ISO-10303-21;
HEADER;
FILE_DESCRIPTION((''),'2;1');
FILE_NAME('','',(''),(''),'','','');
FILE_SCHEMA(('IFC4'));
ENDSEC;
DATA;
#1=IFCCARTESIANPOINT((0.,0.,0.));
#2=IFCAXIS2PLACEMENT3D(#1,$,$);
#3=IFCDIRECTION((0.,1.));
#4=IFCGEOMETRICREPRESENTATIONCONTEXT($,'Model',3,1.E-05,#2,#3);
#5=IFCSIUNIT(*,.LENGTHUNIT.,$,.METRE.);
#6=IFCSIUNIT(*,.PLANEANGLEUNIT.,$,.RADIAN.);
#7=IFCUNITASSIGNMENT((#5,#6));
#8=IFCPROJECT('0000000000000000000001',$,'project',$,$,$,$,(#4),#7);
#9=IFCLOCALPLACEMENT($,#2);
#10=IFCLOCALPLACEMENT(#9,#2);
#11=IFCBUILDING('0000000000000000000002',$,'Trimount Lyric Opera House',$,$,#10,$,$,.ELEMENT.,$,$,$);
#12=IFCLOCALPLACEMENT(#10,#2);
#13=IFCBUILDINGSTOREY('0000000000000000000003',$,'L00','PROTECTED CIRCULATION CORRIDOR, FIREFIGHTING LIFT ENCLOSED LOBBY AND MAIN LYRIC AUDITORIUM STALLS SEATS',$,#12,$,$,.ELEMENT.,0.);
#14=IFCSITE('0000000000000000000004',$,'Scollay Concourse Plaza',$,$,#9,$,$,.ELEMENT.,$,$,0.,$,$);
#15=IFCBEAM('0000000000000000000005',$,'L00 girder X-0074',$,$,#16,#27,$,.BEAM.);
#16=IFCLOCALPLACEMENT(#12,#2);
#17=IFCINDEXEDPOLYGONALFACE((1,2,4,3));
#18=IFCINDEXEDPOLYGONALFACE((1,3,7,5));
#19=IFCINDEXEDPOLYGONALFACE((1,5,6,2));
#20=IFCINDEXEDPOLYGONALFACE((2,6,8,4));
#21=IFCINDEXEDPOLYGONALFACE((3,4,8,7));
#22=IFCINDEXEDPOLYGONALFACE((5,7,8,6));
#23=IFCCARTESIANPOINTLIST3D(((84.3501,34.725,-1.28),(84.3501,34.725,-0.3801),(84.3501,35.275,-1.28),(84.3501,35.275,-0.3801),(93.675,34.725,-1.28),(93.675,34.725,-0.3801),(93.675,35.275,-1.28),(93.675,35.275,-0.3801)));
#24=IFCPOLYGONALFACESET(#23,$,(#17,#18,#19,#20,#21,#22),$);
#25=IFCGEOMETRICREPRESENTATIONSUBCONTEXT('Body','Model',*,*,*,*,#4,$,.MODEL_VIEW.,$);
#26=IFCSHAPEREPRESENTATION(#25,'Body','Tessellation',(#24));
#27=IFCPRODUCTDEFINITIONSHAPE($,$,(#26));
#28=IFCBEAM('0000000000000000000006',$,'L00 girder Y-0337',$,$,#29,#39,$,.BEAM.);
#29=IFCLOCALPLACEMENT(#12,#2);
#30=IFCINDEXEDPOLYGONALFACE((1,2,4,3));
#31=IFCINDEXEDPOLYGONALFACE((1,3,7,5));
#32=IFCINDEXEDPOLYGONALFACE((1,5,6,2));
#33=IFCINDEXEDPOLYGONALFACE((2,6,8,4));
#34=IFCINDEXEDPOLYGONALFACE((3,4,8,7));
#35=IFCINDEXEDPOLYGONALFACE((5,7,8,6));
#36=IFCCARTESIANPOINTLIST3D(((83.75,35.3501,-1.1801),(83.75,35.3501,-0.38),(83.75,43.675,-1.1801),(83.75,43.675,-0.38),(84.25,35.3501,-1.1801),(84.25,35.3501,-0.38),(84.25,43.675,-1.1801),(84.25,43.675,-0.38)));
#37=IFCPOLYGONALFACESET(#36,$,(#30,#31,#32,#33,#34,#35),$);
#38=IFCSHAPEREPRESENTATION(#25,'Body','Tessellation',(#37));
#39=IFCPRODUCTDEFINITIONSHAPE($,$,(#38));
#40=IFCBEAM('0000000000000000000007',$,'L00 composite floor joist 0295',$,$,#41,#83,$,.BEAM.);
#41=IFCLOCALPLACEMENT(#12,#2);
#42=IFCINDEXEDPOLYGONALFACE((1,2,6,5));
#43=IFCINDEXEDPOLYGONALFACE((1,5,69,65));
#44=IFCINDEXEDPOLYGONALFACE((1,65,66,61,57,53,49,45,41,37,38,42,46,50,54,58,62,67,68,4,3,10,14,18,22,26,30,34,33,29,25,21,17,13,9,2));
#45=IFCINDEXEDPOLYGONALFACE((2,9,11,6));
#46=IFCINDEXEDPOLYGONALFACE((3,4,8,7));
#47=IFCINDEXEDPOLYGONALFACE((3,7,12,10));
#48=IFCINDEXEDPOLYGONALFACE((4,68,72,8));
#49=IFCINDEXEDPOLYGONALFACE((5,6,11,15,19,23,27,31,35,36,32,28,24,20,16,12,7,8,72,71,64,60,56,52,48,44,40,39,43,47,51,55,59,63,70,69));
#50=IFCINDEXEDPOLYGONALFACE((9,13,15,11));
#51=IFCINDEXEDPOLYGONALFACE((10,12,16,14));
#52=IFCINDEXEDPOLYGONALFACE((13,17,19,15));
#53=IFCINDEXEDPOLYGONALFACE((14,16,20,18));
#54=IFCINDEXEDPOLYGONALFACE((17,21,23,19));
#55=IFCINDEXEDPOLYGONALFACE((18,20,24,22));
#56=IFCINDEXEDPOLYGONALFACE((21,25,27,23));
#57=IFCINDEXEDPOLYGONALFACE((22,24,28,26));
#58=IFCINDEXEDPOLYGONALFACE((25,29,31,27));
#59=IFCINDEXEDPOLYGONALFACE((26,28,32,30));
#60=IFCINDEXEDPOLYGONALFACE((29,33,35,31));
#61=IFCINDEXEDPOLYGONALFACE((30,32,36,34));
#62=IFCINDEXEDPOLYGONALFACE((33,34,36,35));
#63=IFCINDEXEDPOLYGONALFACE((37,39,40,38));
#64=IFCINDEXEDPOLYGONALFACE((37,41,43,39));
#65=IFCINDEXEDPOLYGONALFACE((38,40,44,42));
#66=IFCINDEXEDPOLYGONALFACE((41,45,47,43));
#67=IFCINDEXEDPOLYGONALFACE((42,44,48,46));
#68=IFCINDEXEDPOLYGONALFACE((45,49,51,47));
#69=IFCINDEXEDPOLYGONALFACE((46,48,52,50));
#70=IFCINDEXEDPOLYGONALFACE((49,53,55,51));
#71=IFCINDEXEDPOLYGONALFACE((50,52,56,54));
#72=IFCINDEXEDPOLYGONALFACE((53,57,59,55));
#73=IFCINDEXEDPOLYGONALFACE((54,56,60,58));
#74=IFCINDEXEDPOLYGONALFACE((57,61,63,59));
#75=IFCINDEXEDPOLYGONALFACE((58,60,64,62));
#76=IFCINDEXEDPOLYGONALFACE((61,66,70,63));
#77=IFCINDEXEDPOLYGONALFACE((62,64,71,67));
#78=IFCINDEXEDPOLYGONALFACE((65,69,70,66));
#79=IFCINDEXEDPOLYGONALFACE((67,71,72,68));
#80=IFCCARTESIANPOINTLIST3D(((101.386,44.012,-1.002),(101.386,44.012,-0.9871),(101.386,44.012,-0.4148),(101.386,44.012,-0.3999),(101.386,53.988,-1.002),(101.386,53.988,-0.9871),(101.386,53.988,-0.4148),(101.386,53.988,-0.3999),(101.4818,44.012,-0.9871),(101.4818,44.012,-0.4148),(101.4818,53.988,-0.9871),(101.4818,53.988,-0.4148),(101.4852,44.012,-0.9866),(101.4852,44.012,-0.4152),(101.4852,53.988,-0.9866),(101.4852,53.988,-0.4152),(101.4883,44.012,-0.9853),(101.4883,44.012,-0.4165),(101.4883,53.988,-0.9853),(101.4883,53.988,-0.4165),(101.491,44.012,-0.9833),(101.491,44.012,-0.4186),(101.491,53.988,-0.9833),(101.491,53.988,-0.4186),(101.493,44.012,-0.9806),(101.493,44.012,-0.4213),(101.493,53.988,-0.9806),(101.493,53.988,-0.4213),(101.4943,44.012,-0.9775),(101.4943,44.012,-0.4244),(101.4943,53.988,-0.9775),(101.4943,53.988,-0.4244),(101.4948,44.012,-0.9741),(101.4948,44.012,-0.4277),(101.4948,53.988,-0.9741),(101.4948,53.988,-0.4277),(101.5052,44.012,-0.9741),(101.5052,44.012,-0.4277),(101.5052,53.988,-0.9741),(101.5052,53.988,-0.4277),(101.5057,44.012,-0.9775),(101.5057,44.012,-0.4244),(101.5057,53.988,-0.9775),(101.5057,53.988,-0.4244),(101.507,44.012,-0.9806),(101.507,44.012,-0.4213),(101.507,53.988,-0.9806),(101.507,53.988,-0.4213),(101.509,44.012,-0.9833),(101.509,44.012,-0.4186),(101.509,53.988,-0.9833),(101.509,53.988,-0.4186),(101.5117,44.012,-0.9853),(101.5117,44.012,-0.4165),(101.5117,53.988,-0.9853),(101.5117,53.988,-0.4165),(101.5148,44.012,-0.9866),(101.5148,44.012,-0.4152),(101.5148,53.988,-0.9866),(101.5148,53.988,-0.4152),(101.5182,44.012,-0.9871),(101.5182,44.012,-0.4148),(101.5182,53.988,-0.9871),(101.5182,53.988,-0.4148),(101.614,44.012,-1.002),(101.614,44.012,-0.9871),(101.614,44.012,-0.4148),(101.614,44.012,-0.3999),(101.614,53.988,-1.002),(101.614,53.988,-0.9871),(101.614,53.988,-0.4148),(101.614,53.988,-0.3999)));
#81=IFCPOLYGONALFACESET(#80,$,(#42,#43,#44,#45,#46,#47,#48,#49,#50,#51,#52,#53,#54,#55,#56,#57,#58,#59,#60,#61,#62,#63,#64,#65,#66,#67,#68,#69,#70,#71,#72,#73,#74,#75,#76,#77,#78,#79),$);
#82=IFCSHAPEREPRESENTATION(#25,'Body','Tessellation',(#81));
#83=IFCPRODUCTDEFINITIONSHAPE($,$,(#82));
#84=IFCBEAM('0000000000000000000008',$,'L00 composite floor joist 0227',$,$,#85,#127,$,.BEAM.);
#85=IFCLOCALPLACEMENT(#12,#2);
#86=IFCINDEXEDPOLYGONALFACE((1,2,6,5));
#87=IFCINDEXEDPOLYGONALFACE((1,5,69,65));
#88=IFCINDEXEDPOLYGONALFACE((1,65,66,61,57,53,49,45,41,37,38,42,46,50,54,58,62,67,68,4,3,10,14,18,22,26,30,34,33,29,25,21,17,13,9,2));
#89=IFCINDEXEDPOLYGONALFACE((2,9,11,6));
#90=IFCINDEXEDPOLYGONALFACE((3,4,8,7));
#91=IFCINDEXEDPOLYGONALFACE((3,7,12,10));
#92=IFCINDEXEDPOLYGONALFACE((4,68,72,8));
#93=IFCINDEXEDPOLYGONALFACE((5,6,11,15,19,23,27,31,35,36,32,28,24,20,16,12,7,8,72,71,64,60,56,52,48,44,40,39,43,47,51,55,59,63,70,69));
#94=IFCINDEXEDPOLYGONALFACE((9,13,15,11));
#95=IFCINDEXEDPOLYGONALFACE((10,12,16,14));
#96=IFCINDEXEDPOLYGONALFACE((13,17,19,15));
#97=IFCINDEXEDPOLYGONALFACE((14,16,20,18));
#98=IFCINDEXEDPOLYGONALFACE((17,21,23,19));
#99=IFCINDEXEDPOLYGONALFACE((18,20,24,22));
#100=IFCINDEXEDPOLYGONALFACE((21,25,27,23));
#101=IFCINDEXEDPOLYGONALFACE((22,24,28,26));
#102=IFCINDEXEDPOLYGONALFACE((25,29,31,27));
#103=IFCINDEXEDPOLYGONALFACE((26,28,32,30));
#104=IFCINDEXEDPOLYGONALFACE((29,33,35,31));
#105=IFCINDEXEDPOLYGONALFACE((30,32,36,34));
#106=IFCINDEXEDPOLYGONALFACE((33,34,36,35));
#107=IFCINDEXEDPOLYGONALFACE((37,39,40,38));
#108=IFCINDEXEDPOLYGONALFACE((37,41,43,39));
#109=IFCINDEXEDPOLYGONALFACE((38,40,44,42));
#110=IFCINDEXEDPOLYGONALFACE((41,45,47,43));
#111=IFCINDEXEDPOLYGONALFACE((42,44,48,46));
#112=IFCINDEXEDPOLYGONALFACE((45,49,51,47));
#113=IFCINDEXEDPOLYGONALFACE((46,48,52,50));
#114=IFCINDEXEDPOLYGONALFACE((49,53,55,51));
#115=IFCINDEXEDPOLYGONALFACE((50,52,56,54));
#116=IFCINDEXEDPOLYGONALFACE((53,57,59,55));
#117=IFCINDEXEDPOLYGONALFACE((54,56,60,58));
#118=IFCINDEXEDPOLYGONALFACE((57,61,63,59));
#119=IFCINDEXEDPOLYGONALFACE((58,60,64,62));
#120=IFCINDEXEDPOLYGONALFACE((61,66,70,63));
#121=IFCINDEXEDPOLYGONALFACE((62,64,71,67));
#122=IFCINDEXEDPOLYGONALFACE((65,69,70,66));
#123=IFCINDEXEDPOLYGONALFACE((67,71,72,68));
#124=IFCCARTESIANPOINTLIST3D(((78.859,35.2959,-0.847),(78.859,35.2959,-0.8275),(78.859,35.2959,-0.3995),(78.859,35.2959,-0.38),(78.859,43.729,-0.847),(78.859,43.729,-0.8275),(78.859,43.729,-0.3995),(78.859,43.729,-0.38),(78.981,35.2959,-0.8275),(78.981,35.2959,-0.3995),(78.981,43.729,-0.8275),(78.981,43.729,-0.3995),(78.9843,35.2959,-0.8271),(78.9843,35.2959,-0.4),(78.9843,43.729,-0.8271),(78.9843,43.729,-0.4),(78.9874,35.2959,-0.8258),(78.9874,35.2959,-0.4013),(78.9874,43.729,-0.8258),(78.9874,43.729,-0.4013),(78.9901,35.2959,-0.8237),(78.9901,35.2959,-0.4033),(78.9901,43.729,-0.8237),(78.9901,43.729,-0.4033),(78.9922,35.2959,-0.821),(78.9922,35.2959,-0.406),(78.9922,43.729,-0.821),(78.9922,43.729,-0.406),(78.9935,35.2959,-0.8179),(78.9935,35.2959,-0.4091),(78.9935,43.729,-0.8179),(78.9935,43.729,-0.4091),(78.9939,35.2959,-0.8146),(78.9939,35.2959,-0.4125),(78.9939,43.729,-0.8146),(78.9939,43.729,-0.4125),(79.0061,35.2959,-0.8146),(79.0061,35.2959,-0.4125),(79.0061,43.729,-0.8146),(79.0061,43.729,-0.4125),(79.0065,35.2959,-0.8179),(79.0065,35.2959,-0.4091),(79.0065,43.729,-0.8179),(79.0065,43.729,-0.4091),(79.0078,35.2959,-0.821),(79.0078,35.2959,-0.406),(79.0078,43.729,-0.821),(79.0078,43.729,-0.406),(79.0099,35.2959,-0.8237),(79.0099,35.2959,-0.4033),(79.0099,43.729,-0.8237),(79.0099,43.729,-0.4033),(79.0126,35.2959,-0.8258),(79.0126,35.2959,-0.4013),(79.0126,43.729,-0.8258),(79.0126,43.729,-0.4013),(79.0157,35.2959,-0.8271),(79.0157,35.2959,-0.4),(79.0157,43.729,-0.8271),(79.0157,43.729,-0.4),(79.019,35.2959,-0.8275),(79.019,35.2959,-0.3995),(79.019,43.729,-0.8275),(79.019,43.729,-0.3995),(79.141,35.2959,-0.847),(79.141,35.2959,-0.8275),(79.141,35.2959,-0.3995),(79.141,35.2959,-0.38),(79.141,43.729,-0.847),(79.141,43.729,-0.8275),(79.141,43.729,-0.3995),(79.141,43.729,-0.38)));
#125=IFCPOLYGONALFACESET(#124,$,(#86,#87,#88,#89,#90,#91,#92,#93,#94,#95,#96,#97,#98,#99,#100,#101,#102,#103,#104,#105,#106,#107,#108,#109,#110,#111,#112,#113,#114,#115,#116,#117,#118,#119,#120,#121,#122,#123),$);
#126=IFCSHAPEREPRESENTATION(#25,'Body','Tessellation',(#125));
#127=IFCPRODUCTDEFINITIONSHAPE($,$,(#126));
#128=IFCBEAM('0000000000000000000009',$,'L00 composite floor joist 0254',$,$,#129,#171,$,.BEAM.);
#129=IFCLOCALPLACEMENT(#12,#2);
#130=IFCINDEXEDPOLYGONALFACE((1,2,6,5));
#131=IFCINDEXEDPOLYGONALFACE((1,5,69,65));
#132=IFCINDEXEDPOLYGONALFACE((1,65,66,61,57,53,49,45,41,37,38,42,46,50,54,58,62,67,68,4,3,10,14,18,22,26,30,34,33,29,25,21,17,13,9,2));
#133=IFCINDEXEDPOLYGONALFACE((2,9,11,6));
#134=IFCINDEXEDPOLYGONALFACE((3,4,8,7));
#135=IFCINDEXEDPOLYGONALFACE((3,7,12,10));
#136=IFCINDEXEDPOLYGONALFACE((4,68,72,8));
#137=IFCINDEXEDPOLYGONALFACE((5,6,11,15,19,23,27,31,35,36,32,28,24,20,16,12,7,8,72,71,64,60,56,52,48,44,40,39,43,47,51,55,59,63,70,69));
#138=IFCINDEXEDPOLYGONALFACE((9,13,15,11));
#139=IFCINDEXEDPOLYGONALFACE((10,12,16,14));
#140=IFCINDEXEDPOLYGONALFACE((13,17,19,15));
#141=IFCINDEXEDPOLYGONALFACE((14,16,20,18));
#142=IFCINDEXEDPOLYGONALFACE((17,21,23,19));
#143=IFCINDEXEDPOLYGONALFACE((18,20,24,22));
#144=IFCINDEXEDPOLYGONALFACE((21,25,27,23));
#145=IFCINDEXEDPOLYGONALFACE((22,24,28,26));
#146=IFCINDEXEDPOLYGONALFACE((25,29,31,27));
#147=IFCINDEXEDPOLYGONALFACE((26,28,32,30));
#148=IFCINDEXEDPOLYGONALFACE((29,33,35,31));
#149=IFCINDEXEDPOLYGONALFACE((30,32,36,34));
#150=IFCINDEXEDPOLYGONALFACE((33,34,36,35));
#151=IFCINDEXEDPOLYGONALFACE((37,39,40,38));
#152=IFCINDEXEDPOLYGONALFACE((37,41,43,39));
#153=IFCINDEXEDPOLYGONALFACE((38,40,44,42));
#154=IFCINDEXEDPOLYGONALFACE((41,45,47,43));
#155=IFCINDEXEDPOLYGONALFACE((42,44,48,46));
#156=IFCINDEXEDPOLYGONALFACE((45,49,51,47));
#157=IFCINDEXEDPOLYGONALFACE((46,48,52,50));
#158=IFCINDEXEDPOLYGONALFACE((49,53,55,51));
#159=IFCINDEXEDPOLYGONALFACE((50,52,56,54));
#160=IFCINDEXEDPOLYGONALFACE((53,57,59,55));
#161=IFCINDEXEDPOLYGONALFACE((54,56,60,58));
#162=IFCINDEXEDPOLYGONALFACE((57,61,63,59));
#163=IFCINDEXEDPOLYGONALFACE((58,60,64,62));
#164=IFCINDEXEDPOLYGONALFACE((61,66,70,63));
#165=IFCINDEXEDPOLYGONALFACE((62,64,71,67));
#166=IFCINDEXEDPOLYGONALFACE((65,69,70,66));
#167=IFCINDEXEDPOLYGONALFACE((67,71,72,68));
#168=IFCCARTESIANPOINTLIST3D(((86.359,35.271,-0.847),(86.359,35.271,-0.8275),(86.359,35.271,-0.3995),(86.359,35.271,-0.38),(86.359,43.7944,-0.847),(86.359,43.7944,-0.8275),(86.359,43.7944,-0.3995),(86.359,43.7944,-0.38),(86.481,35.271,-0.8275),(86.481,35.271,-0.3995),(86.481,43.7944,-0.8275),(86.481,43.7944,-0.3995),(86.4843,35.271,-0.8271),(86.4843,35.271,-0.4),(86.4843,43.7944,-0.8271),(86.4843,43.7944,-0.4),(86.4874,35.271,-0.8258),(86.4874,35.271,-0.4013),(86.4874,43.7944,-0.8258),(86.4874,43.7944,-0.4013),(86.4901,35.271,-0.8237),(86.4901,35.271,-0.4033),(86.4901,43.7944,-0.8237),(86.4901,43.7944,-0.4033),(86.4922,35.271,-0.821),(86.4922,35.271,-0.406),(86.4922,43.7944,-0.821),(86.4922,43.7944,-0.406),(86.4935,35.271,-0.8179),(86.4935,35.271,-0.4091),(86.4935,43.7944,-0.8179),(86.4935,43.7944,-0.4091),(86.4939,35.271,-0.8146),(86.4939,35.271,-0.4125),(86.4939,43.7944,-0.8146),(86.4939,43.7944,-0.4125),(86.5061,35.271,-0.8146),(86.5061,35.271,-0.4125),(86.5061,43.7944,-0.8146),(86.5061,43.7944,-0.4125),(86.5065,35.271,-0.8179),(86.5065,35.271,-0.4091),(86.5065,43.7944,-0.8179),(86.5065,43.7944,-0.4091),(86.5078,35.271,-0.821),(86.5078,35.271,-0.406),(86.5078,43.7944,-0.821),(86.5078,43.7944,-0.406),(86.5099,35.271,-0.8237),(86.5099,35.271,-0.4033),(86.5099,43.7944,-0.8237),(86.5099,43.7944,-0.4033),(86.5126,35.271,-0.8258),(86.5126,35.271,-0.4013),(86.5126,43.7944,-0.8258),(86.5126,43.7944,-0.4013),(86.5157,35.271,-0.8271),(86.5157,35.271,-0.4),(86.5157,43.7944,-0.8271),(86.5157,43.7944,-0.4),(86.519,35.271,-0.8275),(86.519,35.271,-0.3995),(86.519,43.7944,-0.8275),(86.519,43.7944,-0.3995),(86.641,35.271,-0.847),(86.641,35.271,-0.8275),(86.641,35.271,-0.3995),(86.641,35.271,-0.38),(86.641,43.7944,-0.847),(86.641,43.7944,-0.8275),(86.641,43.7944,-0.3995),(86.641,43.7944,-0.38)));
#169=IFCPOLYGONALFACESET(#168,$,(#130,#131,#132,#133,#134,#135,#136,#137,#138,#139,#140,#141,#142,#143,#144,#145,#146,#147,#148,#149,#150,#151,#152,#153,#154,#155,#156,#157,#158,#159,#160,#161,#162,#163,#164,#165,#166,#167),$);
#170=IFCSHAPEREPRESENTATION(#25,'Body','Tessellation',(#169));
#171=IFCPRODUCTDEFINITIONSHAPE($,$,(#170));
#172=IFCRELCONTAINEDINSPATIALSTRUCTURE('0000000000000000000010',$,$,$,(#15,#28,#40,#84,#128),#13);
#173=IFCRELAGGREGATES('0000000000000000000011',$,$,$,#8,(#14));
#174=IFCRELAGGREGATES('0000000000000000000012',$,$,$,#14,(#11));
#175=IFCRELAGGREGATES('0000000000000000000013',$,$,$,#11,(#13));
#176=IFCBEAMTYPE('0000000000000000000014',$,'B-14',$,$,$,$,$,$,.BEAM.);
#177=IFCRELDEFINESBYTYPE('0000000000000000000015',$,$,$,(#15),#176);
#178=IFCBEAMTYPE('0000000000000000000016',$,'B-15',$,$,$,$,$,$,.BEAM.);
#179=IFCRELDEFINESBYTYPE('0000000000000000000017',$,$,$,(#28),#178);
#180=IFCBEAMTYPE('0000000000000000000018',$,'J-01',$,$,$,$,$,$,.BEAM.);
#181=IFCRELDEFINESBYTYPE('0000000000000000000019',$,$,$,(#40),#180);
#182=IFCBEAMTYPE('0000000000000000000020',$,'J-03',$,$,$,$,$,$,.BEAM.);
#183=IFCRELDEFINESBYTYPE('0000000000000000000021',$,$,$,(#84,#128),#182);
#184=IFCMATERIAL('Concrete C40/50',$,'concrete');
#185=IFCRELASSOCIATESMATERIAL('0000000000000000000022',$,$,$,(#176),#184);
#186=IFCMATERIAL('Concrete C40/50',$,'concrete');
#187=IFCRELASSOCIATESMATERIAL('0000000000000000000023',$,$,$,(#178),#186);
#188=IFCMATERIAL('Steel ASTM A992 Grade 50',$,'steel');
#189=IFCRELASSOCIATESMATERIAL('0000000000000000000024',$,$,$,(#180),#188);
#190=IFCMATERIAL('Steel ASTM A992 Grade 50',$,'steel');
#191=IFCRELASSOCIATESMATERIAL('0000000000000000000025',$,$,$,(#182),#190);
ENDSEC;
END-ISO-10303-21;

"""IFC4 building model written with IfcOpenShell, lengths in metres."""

from ifc_helpers import new_model, si_unit, direction, frame, origin, origin_2d, place, context, subcontext, project, spatial, rectangle, i_section, extrude, material, material_profile, profile_set, type_object, element, save


model = new_model("IFC4")

# Units and contexts
model_context = context("Model", 3, precision=1e-05, world=origin(), true_north=direction((0.0, 1.0)))
body_context = subcontext(model_context, "Body", "Model", "MODEL_VIEW")
ifc_project = project(units=[si_unit("LENGTHUNIT", "METRE"), si_unit("PLANEANGLEUNIT", "RADIAN")], contexts=[model_context])

# Site, building, storey
site_placement = place(None, origin())
site = spatial("IfcSite", under=ifc_project, at=site_placement, Name="Scollay Concourse Plaza", CompositionType="ELEMENT", RefElevation=0.0)
building_placement = place(site_placement, origin())
building = spatial("IfcBuilding", under=site, at=building_placement, Name="Trimount Lyric Opera House", CompositionType="ELEMENT")
storey_placement = place(building_placement, origin())
storey = spatial("IfcBuildingStorey", under=building, at=storey_placement, Name="L00", Description="PROTECTED CIRCULATION CORRIDOR, FIREFIGHTING LIFT ENCLOSED LOBBY AND MAIN LYRIC AUDITORIUM STALLS SEATS", CompositionType="ELEMENT", Elevation=0.0)

# Beams
ifc_material_1 = material(Name="Concrete C40/50", Category="concrete")
ifc_material_profile_1 = material_profile(ifc_material_1, rectangle(XDim=0.55, YDim=0.8999, at=origin_2d()), Name="RC550X900")
ifc_profile_set_1 = profile_set([ifc_material_profile_1], Name="Concrete C40/50")
beam_type_1 = type_object("IfcBeamType", Name="B-14", PredefinedType="BEAM", material=ifc_profile_set_1)
beam_1_placement = place(storey_placement, frame((84.3501, 35.0, -0.8301), z_axis=(1.0, 0.0, 0.0), x_axis=(0.0, 1.0, 0.0)))
element("IfcBeam", 1, at=beam_1_placement, inside=storey, type_object=beam_type_1, Name="L00 girder X-0074", PredefinedType="BEAM", context=body_context, shape_type="SweptSolid", body=[
    extrude(rectangle(XDim=0.55, YDim=0.8999, at=origin_2d()), origin(), (0.0, 0.0, 1.0), 9.325),
])
ifc_material_2 = material(Name="Concrete C40/50", Category="concrete")
ifc_material_profile_2 = material_profile(ifc_material_2, rectangle(XDim=0.5, YDim=0.8, at=origin_2d()), Name="RC500X800")
ifc_profile_set_2 = profile_set([ifc_material_profile_2], Name="Concrete C40/50")
beam_type_2 = type_object("IfcBeamType", Name="B-15", PredefinedType="BEAM", material=ifc_profile_set_2)
beam_2_placement = place(storey_placement, frame((84.0, 35.3501, -0.78), z_axis=(0.0, 1.0, 0.0), x_axis=(-1.0, 0.0, 0.0)))
element("IfcBeam", 2, at=beam_2_placement, inside=storey, type_object=beam_type_2, Name="L00 girder Y-0337", PredefinedType="BEAM", context=body_context, shape_type="SweptSolid", body=[
    extrude(rectangle(XDim=0.5, YDim=0.8, at=origin_2d()), origin(), (0.0, 0.0, 1.0), 8.325),
])
ifc_material_3 = material(Name="Steel ASTM A992 Grade 50", Category="steel")
ifc_material_profile_3 = material_profile(ifc_material_3, i_section(OverallWidth=0.228, OverallDepth=0.6021, WebThickness=0.0105, FlangeThickness=0.0149, FilletRadius=0.0129, at=origin_2d()), Name="W24X68")
ifc_profile_set_3 = profile_set([ifc_material_profile_3], Name="Steel ASTM A992 Grade 50")
beam_type_3 = type_object("IfcBeamType", Name="J-01", PredefinedType="BEAM", material=ifc_profile_set_3)
beam_3_placement = place(storey_placement, frame((101.5, 44.012, -0.7009), z_axis=(0.0, 1.0, 0.0), x_axis=(-1.0, 0.0, 0.0)))
element("IfcBeam", 3, at=beam_3_placement, inside=storey, type_object=beam_type_3, Name="L00 composite floor joist 0295", PredefinedType="BEAM", context=body_context, shape_type="SweptSolid", body=[
    extrude(i_section(OverallWidth=0.228, OverallDepth=0.6021, WebThickness=0.0105, FlangeThickness=0.0149, FilletRadius=0.0129, at=origin_2d()), origin(), (0.0, 0.0, 1.0), 9.9761),
])
ifc_material_4 = material(Name="Steel ASTM A992 Grade 50", Category="steel")
ifc_material_profile_4 = material_profile(ifc_material_4, i_section(OverallWidth=0.282, OverallDepth=0.467, WebThickness=0.0122, FlangeThickness=0.0195, FilletRadius=0.0129, at=origin_2d()), Name="W18X86")
ifc_profile_set_4 = profile_set([ifc_material_profile_4], Name="Steel ASTM A992 Grade 50")
beam_type_4 = type_object("IfcBeamType", Name="J-03", PredefinedType="BEAM", material=ifc_profile_set_4)
beam_4_placement = place(storey_placement, frame((79.0, 35.2959, -0.6135), z_axis=(0.0, 1.0, 0.0), x_axis=(-1.0, 0.0, 0.0)))
element("IfcBeam", 4, at=beam_4_placement, inside=storey, type_object=beam_type_4, Name="L00 composite floor joist 0227", PredefinedType="BEAM", context=body_context, shape_type="SweptSolid", body=[
    extrude(i_section(OverallWidth=0.282, OverallDepth=0.467, WebThickness=0.0122, FlangeThickness=0.0195, FilletRadius=0.0129, at=origin_2d()), origin(), (0.0, 0.0, 1.0), 8.4331),
])
beam_5_placement = place(storey_placement, frame((86.5, 35.271, -0.6135), z_axis=(0.0, 1.0, 0.0), x_axis=(-1.0, 0.0, 0.0)))
element("IfcBeam", 5, at=beam_5_placement, inside=storey, type_object=beam_type_4, Name="L00 composite floor joist 0254", PredefinedType="BEAM", context=body_context, shape_type="SweptSolid", body=[
    extrude(i_section(OverallWidth=0.282, OverallDepth=0.467, WebThickness=0.0122, FlangeThickness=0.0195, FilletRadius=0.0129, at=origin_2d()), origin(), (0.0, 0.0, 1.0), 8.5234),
])

save(model, "model.ifc")
